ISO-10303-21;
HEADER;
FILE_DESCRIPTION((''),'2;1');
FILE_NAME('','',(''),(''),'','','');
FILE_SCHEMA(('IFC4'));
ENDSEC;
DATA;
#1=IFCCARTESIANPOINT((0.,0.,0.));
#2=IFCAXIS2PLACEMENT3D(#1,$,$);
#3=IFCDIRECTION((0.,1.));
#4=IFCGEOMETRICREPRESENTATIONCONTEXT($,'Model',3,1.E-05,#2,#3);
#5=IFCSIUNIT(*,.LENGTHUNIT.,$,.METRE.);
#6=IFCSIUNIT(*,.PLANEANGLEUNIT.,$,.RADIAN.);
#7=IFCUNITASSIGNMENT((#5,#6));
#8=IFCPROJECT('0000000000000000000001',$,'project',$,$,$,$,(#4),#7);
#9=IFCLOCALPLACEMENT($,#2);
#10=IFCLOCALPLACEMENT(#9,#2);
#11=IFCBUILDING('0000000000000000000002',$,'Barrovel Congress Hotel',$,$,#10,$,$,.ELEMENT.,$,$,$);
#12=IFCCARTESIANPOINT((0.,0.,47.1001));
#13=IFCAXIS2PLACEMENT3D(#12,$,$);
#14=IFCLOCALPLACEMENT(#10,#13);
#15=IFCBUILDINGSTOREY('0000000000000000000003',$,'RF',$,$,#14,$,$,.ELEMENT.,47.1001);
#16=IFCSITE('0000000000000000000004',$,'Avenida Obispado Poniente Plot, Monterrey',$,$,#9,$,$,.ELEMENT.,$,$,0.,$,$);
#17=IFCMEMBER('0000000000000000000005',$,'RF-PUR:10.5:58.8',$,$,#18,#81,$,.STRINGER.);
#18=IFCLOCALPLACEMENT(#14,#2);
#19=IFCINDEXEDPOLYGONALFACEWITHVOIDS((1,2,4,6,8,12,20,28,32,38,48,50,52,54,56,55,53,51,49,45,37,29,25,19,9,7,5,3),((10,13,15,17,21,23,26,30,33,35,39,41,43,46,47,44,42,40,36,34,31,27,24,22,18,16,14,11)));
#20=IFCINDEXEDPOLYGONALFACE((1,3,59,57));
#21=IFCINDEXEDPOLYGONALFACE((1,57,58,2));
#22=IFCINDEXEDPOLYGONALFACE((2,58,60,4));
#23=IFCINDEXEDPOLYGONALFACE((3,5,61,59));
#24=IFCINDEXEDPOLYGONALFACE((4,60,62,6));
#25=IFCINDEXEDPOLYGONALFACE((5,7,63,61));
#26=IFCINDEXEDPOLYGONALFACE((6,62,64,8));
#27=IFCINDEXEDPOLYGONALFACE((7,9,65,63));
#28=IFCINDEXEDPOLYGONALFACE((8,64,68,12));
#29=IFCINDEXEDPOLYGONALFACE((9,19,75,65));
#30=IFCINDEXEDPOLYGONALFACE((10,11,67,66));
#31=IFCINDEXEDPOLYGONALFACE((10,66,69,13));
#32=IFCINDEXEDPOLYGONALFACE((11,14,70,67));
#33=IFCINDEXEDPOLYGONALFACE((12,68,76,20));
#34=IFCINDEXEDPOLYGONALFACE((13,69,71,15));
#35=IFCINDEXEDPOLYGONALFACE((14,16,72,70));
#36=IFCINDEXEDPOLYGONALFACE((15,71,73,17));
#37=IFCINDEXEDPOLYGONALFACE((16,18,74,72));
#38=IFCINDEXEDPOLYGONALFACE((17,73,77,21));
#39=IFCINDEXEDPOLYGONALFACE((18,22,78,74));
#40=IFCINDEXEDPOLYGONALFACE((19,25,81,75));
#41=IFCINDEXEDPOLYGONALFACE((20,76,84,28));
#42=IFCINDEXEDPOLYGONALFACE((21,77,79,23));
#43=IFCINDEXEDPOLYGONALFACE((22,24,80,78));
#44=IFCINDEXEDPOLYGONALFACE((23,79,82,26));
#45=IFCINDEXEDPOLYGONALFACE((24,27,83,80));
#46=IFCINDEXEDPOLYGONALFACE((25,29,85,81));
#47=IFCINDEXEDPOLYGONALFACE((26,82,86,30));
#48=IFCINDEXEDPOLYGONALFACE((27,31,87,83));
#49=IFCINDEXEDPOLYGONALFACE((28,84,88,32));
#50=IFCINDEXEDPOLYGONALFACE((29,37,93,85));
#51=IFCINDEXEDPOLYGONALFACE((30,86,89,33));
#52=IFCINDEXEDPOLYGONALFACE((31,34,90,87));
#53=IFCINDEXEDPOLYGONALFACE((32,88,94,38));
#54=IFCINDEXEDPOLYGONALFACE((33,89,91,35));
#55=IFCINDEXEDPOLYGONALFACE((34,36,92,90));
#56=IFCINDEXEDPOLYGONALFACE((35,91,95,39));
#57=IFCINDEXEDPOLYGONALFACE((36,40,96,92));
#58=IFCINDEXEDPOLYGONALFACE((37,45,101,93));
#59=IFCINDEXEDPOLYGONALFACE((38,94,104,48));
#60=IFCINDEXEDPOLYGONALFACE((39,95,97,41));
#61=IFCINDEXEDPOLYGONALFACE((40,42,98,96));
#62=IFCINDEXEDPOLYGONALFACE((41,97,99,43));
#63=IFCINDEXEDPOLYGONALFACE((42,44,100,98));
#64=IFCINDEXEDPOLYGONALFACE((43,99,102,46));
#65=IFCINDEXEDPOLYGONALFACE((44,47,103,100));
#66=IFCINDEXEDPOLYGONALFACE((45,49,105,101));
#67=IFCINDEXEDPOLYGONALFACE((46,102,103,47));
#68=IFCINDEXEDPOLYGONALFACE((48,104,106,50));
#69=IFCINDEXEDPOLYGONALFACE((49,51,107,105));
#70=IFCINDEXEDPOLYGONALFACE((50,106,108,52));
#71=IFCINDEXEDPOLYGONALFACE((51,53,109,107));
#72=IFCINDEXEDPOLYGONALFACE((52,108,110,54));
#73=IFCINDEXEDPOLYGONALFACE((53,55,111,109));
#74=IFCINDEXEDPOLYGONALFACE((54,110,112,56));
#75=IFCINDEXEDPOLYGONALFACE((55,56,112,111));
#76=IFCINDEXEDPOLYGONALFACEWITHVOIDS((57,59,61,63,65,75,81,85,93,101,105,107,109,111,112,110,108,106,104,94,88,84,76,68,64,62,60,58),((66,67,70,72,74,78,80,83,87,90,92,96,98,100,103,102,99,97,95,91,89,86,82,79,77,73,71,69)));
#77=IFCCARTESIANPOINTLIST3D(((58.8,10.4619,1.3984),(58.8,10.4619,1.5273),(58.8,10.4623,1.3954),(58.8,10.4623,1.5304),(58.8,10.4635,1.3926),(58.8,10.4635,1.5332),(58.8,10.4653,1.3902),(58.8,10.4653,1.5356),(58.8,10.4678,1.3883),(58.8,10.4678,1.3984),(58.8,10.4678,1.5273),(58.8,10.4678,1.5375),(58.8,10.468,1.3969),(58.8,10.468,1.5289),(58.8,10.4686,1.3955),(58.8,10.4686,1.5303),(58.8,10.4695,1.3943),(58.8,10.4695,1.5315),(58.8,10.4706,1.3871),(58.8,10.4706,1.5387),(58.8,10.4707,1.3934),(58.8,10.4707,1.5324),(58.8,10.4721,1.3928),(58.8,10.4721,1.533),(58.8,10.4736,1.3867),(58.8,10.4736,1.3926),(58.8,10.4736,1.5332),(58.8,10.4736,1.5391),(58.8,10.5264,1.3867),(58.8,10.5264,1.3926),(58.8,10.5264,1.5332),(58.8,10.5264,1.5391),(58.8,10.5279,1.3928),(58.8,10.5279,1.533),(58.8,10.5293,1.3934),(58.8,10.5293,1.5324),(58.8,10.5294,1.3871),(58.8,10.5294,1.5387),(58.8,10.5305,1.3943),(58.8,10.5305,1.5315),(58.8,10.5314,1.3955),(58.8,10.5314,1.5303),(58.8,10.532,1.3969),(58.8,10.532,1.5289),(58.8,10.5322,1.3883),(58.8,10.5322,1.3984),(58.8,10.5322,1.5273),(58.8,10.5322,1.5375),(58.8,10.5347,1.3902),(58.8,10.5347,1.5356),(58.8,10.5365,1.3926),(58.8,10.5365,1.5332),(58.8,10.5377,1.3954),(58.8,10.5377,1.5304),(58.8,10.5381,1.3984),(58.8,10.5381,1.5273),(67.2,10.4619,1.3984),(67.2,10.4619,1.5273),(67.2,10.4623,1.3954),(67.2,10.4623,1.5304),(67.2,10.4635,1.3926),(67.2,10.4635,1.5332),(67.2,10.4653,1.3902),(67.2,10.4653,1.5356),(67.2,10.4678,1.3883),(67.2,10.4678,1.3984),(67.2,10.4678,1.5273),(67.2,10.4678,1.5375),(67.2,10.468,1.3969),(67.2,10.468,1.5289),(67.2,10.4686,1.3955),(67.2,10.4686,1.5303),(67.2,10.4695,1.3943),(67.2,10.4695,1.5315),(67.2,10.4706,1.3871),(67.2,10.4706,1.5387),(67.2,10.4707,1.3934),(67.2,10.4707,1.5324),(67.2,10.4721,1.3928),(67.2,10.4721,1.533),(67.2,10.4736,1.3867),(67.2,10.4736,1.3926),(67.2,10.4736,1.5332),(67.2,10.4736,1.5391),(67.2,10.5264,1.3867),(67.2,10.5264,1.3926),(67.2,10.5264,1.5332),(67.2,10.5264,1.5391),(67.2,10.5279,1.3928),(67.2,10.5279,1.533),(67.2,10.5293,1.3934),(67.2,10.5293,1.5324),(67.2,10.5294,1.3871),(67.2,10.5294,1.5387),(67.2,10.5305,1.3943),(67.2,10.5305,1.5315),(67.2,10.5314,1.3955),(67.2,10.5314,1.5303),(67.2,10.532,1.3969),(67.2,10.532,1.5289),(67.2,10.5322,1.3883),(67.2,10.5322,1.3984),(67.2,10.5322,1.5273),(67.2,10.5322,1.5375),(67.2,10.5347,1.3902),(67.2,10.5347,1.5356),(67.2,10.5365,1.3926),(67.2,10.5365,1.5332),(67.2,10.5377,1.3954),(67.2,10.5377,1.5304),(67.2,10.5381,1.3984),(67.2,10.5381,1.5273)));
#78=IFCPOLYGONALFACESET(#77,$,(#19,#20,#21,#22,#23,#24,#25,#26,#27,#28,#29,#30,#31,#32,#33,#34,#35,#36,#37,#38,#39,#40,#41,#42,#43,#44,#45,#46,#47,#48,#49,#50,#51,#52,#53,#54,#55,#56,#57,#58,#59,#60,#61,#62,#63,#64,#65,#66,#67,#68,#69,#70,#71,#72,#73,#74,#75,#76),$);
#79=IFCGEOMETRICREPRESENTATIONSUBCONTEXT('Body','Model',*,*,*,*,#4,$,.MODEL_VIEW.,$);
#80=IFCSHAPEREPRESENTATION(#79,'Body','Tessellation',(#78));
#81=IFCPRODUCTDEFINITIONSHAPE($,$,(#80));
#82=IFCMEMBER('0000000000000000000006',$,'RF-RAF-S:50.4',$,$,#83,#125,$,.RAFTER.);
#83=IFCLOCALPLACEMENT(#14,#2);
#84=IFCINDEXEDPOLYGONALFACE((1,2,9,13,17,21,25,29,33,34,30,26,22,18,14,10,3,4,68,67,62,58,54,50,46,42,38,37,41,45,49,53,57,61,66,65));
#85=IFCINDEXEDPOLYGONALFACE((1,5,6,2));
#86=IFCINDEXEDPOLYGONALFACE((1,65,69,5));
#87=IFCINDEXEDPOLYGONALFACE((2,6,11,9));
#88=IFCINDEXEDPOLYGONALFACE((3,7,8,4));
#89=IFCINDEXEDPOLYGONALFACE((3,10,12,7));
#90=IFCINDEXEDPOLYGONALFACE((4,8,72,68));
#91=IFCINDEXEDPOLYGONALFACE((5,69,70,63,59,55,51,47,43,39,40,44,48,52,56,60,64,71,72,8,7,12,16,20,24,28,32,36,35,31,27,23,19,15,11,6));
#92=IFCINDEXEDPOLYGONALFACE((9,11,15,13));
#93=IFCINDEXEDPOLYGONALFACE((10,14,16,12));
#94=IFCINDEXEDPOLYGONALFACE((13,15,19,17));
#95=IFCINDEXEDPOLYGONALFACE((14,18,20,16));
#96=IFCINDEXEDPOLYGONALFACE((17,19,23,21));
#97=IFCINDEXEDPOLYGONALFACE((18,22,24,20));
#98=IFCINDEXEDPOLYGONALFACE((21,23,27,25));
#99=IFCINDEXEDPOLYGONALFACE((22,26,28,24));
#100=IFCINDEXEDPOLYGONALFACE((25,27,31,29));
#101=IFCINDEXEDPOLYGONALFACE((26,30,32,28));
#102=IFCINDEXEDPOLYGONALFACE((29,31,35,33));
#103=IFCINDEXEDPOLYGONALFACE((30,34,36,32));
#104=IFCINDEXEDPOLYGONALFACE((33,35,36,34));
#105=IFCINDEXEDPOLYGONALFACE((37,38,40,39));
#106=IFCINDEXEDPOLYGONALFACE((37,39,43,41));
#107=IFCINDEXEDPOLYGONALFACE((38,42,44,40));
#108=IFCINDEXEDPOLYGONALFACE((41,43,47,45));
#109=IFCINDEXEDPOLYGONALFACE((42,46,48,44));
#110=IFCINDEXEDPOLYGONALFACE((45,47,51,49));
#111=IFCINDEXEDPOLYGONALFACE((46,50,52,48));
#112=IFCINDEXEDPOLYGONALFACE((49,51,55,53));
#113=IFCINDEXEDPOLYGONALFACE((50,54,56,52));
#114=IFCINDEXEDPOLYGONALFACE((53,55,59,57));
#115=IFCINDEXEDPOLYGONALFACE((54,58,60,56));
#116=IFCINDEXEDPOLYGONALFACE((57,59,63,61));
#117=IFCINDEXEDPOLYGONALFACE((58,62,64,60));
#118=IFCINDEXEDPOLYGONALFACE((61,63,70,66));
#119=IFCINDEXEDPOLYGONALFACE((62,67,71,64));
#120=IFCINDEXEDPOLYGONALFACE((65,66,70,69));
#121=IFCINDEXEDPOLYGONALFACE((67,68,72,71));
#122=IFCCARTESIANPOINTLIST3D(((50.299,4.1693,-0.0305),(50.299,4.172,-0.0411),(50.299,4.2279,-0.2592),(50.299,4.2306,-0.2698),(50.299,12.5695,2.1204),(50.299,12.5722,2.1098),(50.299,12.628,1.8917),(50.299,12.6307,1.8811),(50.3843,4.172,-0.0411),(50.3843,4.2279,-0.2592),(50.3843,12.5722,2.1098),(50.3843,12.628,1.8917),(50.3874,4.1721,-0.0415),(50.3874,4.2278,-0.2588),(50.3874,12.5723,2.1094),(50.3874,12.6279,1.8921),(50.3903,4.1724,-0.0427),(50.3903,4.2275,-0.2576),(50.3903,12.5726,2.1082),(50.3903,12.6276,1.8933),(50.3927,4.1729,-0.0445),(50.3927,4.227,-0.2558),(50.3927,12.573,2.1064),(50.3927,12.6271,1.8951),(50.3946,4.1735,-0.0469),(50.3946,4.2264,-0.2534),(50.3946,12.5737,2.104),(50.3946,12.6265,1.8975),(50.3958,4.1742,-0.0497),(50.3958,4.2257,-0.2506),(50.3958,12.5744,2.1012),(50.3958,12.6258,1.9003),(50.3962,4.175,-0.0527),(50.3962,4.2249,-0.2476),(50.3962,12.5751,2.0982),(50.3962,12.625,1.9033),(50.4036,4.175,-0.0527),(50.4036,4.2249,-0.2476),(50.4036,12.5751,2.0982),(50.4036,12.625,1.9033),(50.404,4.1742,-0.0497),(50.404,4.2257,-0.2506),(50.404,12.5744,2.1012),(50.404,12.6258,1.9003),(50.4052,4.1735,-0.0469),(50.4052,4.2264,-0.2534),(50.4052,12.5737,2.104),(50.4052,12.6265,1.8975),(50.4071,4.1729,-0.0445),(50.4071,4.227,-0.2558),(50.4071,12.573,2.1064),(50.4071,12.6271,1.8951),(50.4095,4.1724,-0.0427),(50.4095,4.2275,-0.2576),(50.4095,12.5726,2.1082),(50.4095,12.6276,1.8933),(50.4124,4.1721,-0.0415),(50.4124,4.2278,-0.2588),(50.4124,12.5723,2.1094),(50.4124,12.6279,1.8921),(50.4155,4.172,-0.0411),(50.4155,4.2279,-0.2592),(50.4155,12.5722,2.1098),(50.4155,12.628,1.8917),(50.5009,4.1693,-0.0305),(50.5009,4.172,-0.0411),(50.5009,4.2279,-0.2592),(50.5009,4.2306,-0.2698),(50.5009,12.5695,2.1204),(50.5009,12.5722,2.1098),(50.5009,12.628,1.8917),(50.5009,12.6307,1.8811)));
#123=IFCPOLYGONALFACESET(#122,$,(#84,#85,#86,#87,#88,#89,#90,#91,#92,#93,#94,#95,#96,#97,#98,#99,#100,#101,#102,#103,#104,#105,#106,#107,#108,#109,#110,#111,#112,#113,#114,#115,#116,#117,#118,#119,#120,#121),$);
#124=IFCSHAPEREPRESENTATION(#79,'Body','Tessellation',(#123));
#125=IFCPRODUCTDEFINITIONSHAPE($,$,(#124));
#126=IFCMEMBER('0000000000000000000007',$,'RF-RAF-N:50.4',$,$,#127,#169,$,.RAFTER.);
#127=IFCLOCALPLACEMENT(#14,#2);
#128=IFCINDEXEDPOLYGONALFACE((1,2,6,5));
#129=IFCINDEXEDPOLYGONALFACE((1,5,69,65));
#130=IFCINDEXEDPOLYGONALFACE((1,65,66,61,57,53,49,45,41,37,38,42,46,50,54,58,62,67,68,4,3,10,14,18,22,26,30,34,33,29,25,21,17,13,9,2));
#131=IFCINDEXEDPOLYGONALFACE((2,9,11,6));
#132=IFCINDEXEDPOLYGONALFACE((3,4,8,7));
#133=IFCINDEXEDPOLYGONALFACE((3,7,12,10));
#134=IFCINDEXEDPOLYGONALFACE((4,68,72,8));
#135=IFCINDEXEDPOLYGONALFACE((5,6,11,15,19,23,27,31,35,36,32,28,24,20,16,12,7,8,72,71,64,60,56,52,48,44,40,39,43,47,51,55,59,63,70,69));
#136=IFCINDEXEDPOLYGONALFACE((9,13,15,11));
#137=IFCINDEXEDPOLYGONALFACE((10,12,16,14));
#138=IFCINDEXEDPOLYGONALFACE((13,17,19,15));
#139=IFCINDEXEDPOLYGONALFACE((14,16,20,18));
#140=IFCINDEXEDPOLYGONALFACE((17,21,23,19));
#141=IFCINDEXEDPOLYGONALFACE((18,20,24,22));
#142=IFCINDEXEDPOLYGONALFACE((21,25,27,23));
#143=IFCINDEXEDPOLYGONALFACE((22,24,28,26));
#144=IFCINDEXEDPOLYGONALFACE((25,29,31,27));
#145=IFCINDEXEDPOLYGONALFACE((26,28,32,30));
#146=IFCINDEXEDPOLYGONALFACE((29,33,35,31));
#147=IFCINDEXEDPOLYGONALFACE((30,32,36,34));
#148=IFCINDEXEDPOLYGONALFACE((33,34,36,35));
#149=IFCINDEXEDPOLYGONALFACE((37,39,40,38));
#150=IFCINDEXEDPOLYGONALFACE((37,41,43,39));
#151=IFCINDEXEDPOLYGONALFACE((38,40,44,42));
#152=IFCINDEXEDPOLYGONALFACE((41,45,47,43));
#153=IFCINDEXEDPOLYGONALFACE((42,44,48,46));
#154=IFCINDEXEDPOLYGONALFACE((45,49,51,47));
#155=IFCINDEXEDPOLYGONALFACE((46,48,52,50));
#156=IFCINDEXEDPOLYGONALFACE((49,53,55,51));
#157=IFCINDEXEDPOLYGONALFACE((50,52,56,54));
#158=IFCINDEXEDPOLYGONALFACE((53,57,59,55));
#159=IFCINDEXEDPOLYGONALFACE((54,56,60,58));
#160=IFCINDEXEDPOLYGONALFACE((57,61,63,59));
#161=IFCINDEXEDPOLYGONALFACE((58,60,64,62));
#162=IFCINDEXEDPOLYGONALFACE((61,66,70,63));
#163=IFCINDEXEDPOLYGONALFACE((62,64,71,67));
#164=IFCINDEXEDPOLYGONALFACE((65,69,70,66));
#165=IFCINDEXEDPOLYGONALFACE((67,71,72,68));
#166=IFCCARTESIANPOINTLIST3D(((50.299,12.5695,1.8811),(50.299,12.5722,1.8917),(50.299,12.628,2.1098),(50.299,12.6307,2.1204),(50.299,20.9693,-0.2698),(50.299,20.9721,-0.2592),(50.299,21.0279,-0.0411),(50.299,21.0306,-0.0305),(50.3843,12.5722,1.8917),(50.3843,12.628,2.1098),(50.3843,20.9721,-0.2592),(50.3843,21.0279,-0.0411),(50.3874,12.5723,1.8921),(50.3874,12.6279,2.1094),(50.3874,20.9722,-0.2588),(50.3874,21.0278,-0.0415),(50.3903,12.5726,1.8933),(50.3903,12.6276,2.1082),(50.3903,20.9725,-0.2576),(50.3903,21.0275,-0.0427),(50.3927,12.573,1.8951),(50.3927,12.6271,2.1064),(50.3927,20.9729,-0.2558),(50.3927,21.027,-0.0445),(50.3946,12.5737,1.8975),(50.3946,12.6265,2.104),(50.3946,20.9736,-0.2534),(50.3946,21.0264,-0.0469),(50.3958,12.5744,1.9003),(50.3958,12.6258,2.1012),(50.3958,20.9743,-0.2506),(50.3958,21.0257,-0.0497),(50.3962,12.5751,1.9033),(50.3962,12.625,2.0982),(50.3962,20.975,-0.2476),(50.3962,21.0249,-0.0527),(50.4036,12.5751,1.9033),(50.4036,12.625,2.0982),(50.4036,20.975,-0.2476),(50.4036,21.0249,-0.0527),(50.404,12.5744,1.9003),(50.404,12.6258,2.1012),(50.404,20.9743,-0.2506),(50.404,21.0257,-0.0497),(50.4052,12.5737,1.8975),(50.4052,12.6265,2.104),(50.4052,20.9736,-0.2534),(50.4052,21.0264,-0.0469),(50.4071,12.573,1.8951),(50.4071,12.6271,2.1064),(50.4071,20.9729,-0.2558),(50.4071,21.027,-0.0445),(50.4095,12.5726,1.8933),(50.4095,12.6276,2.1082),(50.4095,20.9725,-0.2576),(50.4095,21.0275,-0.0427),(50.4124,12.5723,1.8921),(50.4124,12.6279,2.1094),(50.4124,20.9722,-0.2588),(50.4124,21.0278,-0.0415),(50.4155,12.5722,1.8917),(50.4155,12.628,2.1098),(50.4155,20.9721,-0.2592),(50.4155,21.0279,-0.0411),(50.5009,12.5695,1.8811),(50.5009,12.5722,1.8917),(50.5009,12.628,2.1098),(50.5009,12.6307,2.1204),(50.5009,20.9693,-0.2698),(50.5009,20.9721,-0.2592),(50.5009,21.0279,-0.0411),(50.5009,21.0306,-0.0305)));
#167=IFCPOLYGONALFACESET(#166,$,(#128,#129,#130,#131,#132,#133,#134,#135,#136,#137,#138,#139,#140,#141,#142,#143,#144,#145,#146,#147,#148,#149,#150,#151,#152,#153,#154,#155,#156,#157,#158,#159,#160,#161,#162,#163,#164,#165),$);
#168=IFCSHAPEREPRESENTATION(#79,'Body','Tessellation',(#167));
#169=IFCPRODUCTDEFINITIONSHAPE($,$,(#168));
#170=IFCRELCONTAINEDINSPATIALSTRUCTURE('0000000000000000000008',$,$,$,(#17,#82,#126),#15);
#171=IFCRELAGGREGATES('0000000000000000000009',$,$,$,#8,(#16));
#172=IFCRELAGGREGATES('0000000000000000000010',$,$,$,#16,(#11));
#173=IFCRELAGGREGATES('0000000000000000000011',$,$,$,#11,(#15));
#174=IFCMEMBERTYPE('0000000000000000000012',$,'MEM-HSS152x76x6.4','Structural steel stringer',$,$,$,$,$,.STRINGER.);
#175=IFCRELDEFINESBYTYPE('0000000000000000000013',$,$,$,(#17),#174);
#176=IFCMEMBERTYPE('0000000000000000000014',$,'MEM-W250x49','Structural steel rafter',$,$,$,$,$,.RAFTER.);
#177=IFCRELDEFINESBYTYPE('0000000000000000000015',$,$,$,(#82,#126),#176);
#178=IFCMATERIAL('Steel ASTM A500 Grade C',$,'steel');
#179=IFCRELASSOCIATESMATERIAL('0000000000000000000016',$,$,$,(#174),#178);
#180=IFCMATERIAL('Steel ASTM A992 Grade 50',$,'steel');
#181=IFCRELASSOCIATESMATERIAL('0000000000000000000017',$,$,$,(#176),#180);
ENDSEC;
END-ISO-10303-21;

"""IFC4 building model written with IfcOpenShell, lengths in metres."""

from ifc_helpers import new_model, si_unit, direction, frame, origin, origin_2d, place, context, subcontext, project, spatial, hollow_rectangle, i_section, extrude, material, material_profile, profile_set, type_object, element, save


model = new_model("IFC4")

# Units and contexts
model_context = context("Model", 3, precision=1e-05, world=origin(), true_north=direction((0.0, 1.0)))
body_context = subcontext(model_context, "Body", "Model", "MODEL_VIEW")
ifc_project = project(units=[si_unit("LENGTHUNIT", "METRE"), si_unit("PLANEANGLEUNIT", "RADIAN")], contexts=[model_context])

# Site, building, storey
site_placement = place(None, origin())
site = spatial("IfcSite", under=ifc_project, at=site_placement, Name="Avenida Obispado Poniente Plot, Monterrey", CompositionType="ELEMENT", RefElevation=0.0)
building_placement = place(site_placement, origin())
building = spatial("IfcBuilding", under=site, at=building_placement, Name="Barrovel Congress Hotel", CompositionType="ELEMENT")
storey_placement = place(building_placement, frame((0.0, 0.0, 47.1001)))
storey = spatial("IfcBuildingStorey", under=building, at=storey_placement, Name="RF", CompositionType="ELEMENT", Elevation=47.1001)

# Members
ifc_material_1 = material(Name="Steel ASTM A500 Grade C", Category="steel")
ifc_material_profile_1 = material_profile(ifc_material_1, hollow_rectangle(XDim=0.0762, YDim=0.1523, WallThickness=0.0059, InnerFilletRadius=0.0059, OuterFilletRadius=0.0117, at=origin_2d()), Name="HSS152x76x6.4")
ifc_profile_set_1 = profile_set([ifc_material_profile_1], Name="Steel ASTM A500 Grade C")
member_type_1 = type_object("IfcMemberType", Name="MEM-HSS152x76x6.4", Description="Structural steel stringer", PredefinedType="STRINGER", material=ifc_profile_set_1)
member_1_placement = place(storey_placement, frame((58.8, 10.5, 1.4629), z_axis=(1.0, 0.0, 0.0), x_axis=(0.0, 1.0, 0.0)))
element("IfcMember", 1, at=member_1_placement, inside=storey, type_object=member_type_1, Name="RF-PUR:10.5:58.8", PredefinedType="STRINGER", context=body_context, shape_type="SweptSolid", body=[
    extrude(hollow_rectangle(XDim=0.0762, YDim=0.1523, WallThickness=0.0059, InnerFilletRadius=0.0059, OuterFilletRadius=0.0117, at=origin_2d()), origin(), (0.0, 0.0, 1.0), 8.3999),
])
ifc_material_2 = material(Name="Steel ASTM A992 Grade 50", Category="steel")
ifc_material_profile_2 = material_profile(ifc_material_2, i_section(OverallWidth=0.2019, OverallDepth=0.2471, WebThickness=0.0073, FlangeThickness=0.011, FilletRadius=0.012, at=origin_2d()), Name="W250x49")
ifc_profile_set_2 = profile_set([ifc_material_profile_2], Name="Steel ASTM A992 Grade 50")
member_type_2 = type_object("IfcMemberType", Name="MEM-W250x49", Description="Structural steel rafter", PredefinedType="RAFTER", material=ifc_profile_set_2)
member_2_placement = place(storey_placement, frame((50.3999, 4.2, -0.1501), z_axis=(0.0, 0.968747, 0.24805), x_axis=(-1.0, 0.0, 0.0)))
element("IfcMember", 2, at=member_2_placement, inside=storey, type_object=member_type_2, Name="RF-RAF-S:50.4", PredefinedType="RAFTER", context=body_context, shape_type="SweptSolid", body=[
    extrude(i_section(OverallWidth=0.2019, OverallDepth=0.2471, WebThickness=0.0073, FlangeThickness=0.011, FilletRadius=0.012, at=origin_2d()), origin(), (0.0, 0.0, 1.0), 8.6711),
])
member_3_placement = place(storey_placement, frame((50.3999, 12.6001, 2.0007), z_axis=(0.0, 0.968745, -0.248057), x_axis=(-1.0, 0.0, 0.0)))
element("IfcMember", 3, at=member_3_placement, inside=storey, type_object=member_type_2, Name="RF-RAF-N:50.4", PredefinedType="RAFTER", context=body_context, shape_type="SweptSolid", body=[
    extrude(i_section(OverallWidth=0.2019, OverallDepth=0.2471, WebThickness=0.0073, FlangeThickness=0.011, FilletRadius=0.012, at=origin_2d()), origin(), (0.0, 0.0, 1.0), 8.6709),
])

save(model, "model.ifc")
